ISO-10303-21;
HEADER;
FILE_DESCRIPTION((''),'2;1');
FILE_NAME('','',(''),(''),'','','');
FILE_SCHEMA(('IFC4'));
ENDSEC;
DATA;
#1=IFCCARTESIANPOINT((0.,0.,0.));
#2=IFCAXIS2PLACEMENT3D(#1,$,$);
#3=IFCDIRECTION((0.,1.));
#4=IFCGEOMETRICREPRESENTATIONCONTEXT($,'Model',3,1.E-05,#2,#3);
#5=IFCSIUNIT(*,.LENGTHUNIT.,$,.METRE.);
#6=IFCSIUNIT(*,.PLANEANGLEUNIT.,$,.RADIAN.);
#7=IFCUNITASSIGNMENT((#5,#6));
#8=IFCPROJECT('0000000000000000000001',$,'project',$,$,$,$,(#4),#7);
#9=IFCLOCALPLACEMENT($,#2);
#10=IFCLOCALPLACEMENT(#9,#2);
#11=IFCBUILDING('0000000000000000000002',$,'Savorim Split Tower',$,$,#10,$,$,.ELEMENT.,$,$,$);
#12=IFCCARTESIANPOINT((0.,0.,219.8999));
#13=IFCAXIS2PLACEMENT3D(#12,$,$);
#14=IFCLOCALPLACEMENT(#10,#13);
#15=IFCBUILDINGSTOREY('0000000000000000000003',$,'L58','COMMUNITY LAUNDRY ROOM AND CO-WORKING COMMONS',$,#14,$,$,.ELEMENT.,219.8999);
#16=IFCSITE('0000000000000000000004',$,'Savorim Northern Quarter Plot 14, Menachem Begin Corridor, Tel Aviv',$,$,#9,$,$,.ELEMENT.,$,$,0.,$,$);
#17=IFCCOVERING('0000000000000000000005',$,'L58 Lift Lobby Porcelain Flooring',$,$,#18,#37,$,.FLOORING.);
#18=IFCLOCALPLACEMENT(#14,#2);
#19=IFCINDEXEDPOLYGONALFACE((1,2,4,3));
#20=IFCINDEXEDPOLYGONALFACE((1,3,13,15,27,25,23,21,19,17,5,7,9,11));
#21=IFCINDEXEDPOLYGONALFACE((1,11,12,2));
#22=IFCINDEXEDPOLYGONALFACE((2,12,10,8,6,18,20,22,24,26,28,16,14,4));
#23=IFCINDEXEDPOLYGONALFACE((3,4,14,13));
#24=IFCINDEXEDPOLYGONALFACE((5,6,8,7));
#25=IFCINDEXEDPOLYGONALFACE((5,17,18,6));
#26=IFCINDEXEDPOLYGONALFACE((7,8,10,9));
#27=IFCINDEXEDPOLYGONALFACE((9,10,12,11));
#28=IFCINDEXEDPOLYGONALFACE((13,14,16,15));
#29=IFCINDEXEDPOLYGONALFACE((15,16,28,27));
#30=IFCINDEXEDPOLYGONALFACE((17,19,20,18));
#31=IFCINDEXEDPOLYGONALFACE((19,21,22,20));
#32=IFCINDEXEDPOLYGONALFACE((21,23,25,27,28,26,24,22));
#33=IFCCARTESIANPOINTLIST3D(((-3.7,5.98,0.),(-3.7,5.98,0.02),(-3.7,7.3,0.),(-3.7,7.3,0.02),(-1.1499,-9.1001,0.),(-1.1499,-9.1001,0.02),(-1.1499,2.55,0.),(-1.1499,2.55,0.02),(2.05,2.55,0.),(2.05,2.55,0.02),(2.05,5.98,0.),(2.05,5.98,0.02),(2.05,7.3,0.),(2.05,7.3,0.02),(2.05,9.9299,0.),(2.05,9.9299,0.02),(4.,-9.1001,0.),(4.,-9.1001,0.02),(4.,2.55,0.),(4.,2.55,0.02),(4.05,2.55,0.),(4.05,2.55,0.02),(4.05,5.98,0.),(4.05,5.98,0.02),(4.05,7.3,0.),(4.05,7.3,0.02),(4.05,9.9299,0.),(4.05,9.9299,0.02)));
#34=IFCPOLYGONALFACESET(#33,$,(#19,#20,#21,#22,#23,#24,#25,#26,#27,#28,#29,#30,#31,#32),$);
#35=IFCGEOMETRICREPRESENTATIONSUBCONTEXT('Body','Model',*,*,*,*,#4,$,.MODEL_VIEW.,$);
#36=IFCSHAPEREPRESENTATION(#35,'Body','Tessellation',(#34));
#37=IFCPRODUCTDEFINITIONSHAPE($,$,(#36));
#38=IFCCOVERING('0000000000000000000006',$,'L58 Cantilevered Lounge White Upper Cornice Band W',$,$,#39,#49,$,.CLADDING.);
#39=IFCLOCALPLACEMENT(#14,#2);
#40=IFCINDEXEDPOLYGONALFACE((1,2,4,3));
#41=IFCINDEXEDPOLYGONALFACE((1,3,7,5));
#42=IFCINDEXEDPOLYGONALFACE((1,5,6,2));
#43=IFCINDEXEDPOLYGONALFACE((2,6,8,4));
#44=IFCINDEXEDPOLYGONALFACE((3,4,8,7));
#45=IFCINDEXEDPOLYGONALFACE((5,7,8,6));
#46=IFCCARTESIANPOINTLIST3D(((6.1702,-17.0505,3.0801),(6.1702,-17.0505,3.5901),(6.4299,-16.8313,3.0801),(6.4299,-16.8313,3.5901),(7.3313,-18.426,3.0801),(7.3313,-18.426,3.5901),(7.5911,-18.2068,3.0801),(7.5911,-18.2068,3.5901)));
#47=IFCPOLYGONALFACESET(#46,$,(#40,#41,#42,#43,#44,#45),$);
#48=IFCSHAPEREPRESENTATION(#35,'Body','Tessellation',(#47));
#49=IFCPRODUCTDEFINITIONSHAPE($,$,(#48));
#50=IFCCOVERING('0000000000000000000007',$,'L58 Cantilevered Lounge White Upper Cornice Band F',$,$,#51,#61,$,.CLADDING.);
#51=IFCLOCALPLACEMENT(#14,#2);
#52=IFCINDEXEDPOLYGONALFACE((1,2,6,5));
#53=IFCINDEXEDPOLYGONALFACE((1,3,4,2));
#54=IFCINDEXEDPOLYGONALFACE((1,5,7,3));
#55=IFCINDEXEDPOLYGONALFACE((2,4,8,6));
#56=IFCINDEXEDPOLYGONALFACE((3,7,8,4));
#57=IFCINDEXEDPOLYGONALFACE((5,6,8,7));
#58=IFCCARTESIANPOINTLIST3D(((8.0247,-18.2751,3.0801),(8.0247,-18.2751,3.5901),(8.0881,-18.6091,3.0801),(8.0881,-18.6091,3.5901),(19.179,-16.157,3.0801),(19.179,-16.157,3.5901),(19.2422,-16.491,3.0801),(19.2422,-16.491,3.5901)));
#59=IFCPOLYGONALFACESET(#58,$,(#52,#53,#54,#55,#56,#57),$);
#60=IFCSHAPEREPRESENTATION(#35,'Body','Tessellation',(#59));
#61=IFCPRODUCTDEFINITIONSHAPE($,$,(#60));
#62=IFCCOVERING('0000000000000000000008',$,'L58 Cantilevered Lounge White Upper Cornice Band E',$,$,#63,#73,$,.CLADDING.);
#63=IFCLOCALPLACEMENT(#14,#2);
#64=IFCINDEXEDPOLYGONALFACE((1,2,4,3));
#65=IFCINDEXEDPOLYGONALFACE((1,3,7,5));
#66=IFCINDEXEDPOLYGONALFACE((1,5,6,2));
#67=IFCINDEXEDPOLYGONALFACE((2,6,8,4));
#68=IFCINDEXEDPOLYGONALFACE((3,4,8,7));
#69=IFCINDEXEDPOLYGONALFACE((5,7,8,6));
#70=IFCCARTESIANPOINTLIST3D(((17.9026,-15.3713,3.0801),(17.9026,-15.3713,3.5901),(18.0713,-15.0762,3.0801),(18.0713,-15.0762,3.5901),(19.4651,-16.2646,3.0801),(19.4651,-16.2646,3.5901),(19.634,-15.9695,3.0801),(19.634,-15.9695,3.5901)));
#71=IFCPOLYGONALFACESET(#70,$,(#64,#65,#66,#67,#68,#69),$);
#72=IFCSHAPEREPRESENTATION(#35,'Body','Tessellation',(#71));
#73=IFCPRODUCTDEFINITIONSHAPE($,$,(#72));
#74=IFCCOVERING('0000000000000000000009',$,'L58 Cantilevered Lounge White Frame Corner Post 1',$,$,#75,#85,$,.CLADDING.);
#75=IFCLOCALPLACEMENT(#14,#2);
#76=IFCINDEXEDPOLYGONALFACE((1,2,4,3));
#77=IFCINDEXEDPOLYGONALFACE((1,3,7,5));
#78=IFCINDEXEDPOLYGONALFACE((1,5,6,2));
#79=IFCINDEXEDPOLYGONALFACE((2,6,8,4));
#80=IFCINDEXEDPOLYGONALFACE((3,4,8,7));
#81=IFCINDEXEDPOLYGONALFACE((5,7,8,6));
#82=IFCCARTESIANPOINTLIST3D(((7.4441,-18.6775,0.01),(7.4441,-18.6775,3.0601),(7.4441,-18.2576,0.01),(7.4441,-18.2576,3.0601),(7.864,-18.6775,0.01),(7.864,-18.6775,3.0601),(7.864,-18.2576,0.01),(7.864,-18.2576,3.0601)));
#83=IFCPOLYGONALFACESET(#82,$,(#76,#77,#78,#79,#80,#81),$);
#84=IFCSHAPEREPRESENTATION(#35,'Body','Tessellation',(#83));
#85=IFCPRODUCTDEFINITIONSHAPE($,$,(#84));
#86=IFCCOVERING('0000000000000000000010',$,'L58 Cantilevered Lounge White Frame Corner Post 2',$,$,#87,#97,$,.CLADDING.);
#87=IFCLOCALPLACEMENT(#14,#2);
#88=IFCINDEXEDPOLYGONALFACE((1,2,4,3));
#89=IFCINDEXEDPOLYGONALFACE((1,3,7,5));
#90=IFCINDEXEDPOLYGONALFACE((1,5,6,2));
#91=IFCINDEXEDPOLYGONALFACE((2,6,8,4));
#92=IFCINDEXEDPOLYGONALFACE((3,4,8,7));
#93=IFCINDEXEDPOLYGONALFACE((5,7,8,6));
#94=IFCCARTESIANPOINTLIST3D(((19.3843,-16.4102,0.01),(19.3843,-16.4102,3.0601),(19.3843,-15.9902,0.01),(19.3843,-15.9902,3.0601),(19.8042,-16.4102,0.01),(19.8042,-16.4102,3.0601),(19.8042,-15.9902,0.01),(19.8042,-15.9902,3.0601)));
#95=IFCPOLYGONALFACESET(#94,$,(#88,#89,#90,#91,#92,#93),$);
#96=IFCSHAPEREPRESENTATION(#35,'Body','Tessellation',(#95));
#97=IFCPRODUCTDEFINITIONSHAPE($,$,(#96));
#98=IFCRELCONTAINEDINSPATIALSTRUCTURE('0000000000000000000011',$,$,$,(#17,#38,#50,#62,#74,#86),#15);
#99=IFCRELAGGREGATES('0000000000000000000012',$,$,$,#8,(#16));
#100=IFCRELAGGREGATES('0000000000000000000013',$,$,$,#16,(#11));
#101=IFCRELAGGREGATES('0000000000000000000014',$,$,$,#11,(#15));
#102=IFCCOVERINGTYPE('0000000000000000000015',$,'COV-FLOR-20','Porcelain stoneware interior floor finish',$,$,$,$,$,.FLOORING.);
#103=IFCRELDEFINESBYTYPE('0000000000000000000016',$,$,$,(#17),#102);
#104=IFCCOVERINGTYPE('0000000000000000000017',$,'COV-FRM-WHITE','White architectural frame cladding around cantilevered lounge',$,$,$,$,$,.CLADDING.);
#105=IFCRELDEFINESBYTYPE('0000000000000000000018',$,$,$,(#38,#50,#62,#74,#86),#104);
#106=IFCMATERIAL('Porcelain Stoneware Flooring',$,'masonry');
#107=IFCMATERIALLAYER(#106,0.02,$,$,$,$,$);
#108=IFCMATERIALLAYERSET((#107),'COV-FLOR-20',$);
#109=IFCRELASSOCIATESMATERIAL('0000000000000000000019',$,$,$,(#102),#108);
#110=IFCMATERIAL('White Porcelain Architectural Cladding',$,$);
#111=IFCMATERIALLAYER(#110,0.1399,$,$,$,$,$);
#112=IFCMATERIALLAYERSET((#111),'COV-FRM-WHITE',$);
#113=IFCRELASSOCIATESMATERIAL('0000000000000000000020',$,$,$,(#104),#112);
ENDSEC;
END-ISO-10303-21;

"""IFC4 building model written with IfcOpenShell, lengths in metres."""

from ifc_helpers import new_model, si_unit, direction, frame, origin, place, context, subcontext, project, spatial, polyline, outline, extrude, material, layer, layer_set, type_object, element, save


model = new_model("IFC4")

# Units and contexts
model_context = context("Model", 3, precision=1e-05, world=origin(), true_north=direction((0.0, 1.0)))
body_context = subcontext(model_context, "Body", "Model", "MODEL_VIEW")
ifc_project = project(units=[si_unit("LENGTHUNIT", "METRE"), si_unit("PLANEANGLEUNIT", "RADIAN")], contexts=[model_context])

# Site, building, storey
site_placement = place(None, origin())
site = spatial("IfcSite", under=ifc_project, at=site_placement, Name="Savorim Northern Quarter Plot 14, Menachem Begin Corridor, Tel Aviv", CompositionType="ELEMENT", RefElevation=0.0)
building_placement = place(site_placement, origin())
building = spatial("IfcBuilding", under=site, at=building_placement, Name="Savorim Split Tower", CompositionType="ELEMENT")
storey_placement = place(building_placement, frame((0.0, 0.0, 219.8999)))
storey = spatial("IfcBuildingStorey", under=building, at=storey_placement, Name="L58", Description="COMMUNITY LAUNDRY ROOM AND CO-WORKING COMMONS", CompositionType="ELEMENT", Elevation=219.8999)

# Coverings
ifc_material_1 = material(Name="Porcelain Stoneware Flooring", Category="masonry")
ifc_layer_1 = layer(ifc_material_1, 0.02)
ifc_layer_set_1 = layer_set([ifc_layer_1], Name="COV-FLOR-20")
covering_type_1 = type_object("IfcCoveringType", Name="COV-FLOR-20", Description="Porcelain stoneware interior floor finish", PredefinedType="FLOORING", material=ifc_layer_set_1)
covering_1_placement = place(storey_placement, origin())
element("IfcCovering", 1, at=covering_1_placement, inside=storey, type_object=covering_type_1, Name="L58 Lift Lobby Porcelain Flooring", PredefinedType="FLOORING", context=body_context, shape_type="SweptSolid", body=[
    extrude(outline(polyline([(2.05, 2.55), (-1.1499, 2.55), (-1.1499, -9.1001), (4.0, -9.1001), (4.0, 2.55), (4.05, 2.55), (4.05, 5.98), (4.05, 7.3), (4.05, 9.9299), (2.05, 9.9299), (2.05, 7.3), (-3.7, 7.3), (-3.7, 5.98), (2.05, 5.98), (2.05, 2.55)])), origin(), (0.0, 0.0, 1.0), 0.02),
])
ifc_material_2 = material(Name="White Porcelain Architectural Cladding")
ifc_layer_2 = layer(ifc_material_2, 0.1399)
ifc_layer_set_2 = layer_set([ifc_layer_2], Name="COV-FRM-WHITE")
covering_type_2 = type_object("IfcCoveringType", Name="COV-FRM-WHITE", Description="White architectural frame cladding around cantilevered lounge", PredefinedType="CLADDING", material=ifc_layer_set_2)
covering_2_placement = place(storey_placement, frame((0.0, 0.0, 3.0801)))
element("IfcCovering", 2, at=covering_2_placement, inside=storey, type_object=covering_type_2, Name="L58 Cantilevered Lounge White Upper Cornice Band W", PredefinedType="CLADDING", context=body_context, shape_type="SweptSolid", body=[
    extrude(outline(polyline([(6.1702, -17.0505), (7.3313, -18.426), (7.5911, -18.2068), (6.4299, -16.8313), (6.1702, -17.0505)])), origin(), (0.0, 0.0, 1.0), 0.51),
])
covering_3_placement = place(storey_placement, frame((0.0, 0.0, 3.0801)))
element("IfcCovering", 3, at=covering_3_placement, inside=storey, type_object=covering_type_2, Name="L58 Cantilevered Lounge White Upper Cornice Band F", PredefinedType="CLADDING", context=body_context, shape_type="SweptSolid", body=[
    extrude(outline(polyline([(8.0881, -18.6091), (19.2422, -16.491), (19.179, -16.157), (8.0247, -18.2751), (8.0881, -18.6091)])), origin(), (0.0, 0.0, 1.0), 0.51),
])
covering_4_placement = place(storey_placement, frame((0.0, 0.0, 3.0801)))
element("IfcCovering", 4, at=covering_4_placement, inside=storey, type_object=covering_type_2, Name="L58 Cantilevered Lounge White Upper Cornice Band E", PredefinedType="CLADDING", context=body_context, shape_type="SweptSolid", body=[
    extrude(outline(polyline([(19.634, -15.9695), (18.0713, -15.0762), (17.9026, -15.3713), (19.4651, -16.2646), (19.634, -15.9695)])), origin(), (0.0, 0.0, 1.0), 0.51),
])
covering_5_placement = place(storey_placement, frame((0.0, 0.0, 0.01)))
element("IfcCovering", 5, at=covering_5_placement, inside=storey, type_object=covering_type_2, Name="L58 Cantilevered Lounge White Frame Corner Post 1", PredefinedType="CLADDING", context=body_context, shape_type="SweptSolid", body=[
    extrude(outline(polyline([(7.4441, -18.6775), (7.864, -18.6775), (7.864, -18.2576), (7.4441, -18.2576), (7.4441, -18.6775)])), origin(), (0.0, 0.0, 1.0), 3.05),
])
covering_6_placement = place(storey_placement, frame((0.0, 0.0, 0.01)))
element("IfcCovering", 6, at=covering_6_placement, inside=storey, type_object=covering_type_2, Name="L58 Cantilevered Lounge White Frame Corner Post 2", PredefinedType="CLADDING", context=body_context, shape_type="SweptSolid", body=[
    extrude(outline(polyline([(19.3843, -16.4102), (19.8042, -16.4102), (19.8042, -15.9902), (19.3843, -15.9902), (19.3843, -16.4102)])), origin(), (0.0, 0.0, 1.0), 3.05),
])

save(model, "model.ifc")
